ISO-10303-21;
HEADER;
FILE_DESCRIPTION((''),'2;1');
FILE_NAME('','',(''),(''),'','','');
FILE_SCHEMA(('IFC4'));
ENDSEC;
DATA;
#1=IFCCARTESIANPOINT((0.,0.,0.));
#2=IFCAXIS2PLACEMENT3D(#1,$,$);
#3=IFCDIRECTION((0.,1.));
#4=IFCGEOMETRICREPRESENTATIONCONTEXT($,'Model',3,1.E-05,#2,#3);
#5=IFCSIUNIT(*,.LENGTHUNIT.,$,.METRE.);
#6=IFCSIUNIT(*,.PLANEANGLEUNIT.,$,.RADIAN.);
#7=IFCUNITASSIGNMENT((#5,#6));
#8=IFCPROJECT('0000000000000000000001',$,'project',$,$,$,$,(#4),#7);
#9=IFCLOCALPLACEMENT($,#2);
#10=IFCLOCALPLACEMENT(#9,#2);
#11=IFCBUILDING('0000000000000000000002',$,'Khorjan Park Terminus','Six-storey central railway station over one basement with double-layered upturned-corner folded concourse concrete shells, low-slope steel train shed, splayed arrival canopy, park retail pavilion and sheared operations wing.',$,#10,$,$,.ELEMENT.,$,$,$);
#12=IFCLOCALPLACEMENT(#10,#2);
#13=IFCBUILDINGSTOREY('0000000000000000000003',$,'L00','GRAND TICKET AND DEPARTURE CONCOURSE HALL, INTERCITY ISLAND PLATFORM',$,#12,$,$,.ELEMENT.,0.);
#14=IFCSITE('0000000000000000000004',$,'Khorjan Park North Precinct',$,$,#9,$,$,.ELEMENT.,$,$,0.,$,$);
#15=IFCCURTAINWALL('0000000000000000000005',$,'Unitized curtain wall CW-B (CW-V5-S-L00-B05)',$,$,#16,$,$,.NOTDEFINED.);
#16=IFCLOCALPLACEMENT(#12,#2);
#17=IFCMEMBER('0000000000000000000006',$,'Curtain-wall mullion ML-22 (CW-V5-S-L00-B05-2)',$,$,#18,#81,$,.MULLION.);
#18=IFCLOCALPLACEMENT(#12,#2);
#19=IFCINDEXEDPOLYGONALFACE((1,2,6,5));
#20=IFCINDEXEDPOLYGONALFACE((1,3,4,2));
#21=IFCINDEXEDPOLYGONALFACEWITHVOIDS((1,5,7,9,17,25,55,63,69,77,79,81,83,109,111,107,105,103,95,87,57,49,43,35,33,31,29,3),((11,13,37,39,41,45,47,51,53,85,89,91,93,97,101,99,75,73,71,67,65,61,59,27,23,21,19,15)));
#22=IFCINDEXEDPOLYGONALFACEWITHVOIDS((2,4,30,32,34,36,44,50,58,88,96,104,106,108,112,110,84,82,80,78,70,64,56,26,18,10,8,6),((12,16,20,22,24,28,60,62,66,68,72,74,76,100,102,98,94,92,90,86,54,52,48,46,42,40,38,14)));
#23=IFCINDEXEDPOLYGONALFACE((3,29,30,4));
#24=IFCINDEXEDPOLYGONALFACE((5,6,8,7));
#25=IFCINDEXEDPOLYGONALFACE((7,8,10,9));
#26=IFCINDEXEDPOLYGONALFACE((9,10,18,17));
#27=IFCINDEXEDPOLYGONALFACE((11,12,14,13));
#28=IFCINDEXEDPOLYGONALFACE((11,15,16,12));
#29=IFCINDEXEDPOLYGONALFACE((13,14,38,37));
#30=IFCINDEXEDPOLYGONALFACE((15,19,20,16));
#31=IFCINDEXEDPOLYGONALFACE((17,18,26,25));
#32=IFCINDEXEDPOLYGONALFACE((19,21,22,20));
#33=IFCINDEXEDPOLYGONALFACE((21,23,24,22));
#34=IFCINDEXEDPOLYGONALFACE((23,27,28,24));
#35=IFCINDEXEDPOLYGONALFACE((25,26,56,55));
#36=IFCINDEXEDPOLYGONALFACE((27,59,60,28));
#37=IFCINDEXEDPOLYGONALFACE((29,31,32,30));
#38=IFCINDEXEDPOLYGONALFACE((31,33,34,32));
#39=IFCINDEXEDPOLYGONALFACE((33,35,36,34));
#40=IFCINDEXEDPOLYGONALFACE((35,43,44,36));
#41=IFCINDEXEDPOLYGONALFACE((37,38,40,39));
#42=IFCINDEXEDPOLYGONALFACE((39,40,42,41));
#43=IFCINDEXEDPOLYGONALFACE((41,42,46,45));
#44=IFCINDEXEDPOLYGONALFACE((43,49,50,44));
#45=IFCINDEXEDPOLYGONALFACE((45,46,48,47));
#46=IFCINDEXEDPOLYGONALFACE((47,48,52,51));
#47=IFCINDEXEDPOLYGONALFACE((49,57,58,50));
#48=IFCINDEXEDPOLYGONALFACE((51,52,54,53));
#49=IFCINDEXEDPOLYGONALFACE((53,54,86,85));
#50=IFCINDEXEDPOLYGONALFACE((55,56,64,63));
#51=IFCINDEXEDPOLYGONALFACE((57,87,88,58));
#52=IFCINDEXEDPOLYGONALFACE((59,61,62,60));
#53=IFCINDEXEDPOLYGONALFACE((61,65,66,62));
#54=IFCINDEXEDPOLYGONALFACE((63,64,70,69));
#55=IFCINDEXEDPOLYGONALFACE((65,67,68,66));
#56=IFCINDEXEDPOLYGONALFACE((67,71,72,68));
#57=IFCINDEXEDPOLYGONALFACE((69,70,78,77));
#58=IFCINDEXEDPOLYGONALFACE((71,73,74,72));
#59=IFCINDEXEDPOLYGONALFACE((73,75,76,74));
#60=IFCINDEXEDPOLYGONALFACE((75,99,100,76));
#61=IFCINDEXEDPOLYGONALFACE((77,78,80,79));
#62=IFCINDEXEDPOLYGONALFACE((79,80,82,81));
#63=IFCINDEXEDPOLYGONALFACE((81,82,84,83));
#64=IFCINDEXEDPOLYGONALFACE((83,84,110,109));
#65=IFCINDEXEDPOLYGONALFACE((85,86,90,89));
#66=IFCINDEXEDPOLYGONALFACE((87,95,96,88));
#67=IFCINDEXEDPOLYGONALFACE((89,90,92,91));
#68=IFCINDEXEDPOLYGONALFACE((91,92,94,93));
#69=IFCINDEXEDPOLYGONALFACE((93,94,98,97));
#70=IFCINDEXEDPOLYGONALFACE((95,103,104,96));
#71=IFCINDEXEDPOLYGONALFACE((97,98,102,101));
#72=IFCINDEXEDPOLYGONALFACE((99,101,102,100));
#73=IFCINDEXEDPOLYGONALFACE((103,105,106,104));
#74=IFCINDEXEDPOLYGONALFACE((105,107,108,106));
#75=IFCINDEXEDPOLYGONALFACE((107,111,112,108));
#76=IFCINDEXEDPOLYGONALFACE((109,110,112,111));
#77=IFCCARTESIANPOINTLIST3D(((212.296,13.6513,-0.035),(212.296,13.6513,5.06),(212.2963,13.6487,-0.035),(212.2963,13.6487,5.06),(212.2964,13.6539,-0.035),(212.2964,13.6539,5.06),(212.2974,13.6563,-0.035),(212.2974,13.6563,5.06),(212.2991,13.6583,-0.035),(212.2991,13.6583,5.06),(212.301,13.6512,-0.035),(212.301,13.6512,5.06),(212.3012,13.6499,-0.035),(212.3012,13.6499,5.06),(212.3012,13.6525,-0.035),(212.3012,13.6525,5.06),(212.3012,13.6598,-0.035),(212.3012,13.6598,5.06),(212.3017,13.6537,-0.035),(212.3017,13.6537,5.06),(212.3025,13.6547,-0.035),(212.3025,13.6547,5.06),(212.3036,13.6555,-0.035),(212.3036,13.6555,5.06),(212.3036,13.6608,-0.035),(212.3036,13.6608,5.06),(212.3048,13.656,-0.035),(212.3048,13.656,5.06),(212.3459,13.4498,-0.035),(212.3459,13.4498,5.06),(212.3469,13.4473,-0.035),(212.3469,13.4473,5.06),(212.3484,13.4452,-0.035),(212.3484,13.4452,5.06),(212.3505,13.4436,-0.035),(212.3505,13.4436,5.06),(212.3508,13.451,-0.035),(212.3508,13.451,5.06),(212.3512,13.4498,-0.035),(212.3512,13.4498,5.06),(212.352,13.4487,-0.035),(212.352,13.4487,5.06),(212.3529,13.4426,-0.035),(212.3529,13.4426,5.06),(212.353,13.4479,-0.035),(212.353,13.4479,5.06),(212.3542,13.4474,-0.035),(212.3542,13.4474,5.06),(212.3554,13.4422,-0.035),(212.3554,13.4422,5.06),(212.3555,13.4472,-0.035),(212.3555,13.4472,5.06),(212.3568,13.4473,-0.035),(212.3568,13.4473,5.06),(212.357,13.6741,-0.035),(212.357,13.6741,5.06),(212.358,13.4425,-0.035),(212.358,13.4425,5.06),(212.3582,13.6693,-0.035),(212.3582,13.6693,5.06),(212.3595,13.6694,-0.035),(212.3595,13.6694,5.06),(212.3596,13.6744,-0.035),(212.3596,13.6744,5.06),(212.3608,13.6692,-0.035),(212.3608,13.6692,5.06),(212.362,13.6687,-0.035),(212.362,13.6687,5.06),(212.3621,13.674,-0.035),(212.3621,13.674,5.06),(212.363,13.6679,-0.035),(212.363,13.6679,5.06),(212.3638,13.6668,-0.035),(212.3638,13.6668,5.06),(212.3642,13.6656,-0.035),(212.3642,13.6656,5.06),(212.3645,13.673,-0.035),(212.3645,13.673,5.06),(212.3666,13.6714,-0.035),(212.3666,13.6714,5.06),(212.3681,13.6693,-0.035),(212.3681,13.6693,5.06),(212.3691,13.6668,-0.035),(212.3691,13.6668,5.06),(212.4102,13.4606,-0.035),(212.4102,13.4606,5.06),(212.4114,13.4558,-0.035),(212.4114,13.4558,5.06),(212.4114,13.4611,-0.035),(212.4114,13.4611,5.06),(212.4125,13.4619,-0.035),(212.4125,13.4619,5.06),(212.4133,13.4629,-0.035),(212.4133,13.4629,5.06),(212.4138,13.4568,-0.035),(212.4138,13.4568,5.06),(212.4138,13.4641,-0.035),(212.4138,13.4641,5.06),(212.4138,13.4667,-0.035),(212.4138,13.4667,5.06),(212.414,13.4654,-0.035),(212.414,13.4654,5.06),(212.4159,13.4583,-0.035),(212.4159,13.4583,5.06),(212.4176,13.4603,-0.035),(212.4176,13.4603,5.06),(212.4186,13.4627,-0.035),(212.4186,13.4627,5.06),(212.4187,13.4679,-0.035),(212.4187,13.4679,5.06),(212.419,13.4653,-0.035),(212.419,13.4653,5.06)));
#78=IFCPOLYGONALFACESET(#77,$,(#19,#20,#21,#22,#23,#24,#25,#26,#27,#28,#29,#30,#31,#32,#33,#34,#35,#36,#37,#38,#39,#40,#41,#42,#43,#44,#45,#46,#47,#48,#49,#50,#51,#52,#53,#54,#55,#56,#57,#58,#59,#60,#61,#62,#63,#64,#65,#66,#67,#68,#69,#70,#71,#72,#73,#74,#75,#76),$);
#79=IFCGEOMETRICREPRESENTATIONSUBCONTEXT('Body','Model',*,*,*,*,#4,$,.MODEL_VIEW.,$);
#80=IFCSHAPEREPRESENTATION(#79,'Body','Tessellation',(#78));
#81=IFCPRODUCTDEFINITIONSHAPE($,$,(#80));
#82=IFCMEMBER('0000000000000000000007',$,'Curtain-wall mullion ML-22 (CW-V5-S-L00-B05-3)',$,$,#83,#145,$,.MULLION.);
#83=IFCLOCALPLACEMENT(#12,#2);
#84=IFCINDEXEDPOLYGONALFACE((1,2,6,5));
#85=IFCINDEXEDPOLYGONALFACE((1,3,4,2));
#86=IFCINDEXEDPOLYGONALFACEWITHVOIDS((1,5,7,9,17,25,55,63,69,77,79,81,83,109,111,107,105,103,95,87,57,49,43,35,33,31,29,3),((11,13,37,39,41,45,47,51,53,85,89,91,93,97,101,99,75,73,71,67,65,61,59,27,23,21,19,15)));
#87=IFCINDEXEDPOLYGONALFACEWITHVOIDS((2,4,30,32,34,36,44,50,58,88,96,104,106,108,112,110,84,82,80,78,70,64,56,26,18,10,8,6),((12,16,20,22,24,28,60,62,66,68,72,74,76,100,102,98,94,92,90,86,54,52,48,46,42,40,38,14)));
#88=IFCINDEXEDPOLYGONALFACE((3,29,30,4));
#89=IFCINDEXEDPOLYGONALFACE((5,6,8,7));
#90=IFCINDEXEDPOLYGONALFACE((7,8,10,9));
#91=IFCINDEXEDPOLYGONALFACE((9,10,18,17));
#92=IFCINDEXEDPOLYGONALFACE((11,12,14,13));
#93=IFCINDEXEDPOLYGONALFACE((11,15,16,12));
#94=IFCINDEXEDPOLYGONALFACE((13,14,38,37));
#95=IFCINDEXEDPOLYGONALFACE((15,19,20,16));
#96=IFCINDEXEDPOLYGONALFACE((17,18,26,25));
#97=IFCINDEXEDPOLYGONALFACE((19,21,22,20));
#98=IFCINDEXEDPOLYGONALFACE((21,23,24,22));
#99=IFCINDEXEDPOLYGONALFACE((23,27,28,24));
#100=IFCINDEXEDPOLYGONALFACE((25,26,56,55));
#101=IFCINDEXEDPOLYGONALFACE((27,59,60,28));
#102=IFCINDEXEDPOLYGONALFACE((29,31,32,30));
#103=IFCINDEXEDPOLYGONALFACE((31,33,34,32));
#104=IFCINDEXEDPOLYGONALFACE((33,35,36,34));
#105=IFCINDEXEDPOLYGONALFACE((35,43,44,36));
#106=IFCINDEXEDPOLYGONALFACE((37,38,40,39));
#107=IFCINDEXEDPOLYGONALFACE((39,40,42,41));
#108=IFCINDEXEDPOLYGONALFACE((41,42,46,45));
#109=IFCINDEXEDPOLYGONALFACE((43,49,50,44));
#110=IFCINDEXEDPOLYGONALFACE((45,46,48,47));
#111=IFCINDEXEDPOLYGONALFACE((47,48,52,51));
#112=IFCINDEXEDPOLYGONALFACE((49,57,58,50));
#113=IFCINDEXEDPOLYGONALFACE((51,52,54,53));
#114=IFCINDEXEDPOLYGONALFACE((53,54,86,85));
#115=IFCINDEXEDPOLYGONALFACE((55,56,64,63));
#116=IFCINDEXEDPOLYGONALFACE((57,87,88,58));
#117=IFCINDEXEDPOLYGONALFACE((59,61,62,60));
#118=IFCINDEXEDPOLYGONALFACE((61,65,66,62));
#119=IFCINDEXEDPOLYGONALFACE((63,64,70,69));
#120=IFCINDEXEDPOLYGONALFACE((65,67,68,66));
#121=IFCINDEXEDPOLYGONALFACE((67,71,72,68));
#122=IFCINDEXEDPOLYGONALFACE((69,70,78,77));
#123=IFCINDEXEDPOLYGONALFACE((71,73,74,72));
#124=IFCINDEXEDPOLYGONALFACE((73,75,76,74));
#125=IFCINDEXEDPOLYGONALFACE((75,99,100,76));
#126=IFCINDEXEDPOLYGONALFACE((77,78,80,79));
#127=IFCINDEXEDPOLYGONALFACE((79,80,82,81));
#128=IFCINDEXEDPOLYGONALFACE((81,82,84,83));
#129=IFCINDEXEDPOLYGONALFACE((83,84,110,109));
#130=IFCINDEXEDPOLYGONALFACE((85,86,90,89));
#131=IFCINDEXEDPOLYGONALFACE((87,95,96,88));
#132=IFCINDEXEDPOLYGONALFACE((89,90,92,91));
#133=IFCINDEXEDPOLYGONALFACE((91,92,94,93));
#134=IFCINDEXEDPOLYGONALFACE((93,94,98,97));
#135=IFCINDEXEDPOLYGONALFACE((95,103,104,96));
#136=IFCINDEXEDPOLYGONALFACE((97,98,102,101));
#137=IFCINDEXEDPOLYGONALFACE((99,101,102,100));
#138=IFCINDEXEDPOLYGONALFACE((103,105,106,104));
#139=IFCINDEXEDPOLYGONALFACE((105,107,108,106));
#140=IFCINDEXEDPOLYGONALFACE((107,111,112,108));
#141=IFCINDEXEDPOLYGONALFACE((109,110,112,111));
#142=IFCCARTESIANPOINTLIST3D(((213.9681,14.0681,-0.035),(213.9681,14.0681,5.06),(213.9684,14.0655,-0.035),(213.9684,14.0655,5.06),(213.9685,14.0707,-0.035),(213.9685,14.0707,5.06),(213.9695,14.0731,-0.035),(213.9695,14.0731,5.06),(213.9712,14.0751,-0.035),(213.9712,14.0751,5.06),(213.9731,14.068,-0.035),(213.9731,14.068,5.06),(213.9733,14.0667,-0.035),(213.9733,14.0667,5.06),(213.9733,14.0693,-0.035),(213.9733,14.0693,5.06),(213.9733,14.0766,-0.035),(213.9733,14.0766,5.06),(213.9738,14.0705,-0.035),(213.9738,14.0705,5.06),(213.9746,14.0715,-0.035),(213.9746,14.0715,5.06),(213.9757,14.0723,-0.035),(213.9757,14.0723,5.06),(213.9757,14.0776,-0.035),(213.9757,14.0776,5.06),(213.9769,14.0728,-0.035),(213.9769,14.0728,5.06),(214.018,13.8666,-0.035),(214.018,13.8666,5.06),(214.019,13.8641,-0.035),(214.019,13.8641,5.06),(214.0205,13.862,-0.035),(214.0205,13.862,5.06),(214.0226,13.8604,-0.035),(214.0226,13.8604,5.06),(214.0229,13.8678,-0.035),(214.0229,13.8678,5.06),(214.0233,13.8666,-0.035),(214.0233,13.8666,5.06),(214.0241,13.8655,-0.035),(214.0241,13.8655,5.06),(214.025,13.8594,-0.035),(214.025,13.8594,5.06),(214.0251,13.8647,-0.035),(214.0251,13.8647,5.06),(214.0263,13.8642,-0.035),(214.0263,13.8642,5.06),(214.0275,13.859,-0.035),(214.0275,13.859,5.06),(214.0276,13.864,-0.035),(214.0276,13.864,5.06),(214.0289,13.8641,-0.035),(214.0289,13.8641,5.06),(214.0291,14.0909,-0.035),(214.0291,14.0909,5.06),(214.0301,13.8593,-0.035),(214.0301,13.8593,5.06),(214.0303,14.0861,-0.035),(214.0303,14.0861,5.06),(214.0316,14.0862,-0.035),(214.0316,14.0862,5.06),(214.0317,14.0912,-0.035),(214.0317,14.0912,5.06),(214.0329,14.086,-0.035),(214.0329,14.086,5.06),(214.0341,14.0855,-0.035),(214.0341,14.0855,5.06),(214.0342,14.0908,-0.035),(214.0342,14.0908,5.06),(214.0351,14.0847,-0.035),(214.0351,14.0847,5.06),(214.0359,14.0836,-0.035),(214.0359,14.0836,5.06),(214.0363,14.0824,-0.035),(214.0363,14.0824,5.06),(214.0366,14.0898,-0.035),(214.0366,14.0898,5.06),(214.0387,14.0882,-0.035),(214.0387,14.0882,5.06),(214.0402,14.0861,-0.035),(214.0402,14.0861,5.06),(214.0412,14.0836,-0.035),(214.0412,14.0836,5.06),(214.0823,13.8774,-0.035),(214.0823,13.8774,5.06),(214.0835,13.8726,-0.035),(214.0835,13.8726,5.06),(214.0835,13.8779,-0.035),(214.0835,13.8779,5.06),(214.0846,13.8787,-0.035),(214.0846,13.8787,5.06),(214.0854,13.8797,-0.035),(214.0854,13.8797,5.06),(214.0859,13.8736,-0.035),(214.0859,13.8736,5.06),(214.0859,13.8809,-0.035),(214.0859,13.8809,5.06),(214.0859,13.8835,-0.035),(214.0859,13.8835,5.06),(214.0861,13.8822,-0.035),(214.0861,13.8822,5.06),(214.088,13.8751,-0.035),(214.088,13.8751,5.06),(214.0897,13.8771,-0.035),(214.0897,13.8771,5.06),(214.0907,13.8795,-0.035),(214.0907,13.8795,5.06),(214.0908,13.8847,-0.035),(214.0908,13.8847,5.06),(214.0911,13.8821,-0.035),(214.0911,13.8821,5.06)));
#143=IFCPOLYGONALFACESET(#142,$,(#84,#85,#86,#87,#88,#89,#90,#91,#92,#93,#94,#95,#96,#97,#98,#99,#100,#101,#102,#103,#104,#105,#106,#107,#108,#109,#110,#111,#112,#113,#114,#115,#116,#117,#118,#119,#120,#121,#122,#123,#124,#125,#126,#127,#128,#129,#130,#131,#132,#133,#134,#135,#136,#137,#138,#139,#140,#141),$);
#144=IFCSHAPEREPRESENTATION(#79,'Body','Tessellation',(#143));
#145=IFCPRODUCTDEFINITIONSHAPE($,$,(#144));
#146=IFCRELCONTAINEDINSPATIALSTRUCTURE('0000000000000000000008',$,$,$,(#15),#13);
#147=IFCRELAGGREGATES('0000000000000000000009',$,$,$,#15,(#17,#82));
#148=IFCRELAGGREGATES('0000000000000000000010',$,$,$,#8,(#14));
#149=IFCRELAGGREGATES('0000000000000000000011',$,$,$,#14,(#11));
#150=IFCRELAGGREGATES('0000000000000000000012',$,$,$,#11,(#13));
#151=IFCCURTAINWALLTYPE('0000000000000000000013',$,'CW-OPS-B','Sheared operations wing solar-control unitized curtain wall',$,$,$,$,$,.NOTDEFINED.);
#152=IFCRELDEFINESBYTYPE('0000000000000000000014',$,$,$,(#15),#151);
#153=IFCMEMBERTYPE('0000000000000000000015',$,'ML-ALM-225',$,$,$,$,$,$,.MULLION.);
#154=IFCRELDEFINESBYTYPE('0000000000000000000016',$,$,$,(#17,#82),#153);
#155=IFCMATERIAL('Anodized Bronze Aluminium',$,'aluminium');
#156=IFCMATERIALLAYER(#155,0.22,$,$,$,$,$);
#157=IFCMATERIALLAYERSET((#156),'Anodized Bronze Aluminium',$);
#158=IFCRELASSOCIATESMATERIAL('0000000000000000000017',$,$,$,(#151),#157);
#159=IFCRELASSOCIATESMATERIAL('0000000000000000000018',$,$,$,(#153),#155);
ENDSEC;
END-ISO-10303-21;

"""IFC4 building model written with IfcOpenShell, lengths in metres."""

from ifc_helpers import new_model, si_unit, direction, frame, origin, origin_2d, place, context, subcontext, project, spatial, hollow_rectangle, extrude, material, layer, layer_set, material_profile, profile_set, type_object, element, aggregate, save


model = new_model("IFC4")

# Units and contexts
model_context = context("Model", 3, precision=1e-05, world=origin(), true_north=direction((0.0, 1.0)))
body_context = subcontext(model_context, "Body", "Model", "MODEL_VIEW")
ifc_project = project(units=[si_unit("LENGTHUNIT", "METRE"), si_unit("PLANEANGLEUNIT", "RADIAN")], contexts=[model_context])

# Site, building, storey
site_placement = place(None, origin())
site = spatial("IfcSite", under=ifc_project, at=site_placement, Name="Khorjan Park North Precinct", CompositionType="ELEMENT", RefElevation=0.0)
building_placement = place(site_placement, origin())
building = spatial("IfcBuilding", under=site, at=building_placement, Name="Khorjan Park Terminus", Description="Six-storey central railway station over one basement with double-layered upturned-corner folded concourse concrete shells, low-slope steel train shed, splayed arrival canopy, park retail pavilion and sheared operations wing.", CompositionType="ELEMENT")
storey_placement = place(building_placement, origin())
storey = spatial("IfcBuildingStorey", under=building, at=storey_placement, Name="L00", Description="GRAND TICKET AND DEPARTURE CONCOURSE HALL, INTERCITY ISLAND PLATFORM", CompositionType="ELEMENT", Elevation=0.0)

# Curtain wall, members
ifc_material_1 = material(Name="Anodized Bronze Aluminium", Category="aluminium")
ifc_layer_1 = layer(ifc_material_1, 0.22)
ifc_layer_set_1 = layer_set([ifc_layer_1], Name="Anodized Bronze Aluminium")
curtain_wall_type = type_object("IfcCurtainWallType", Name="CW-OPS-B", Description="Sheared operations wing solar-control unitized curtain wall", PredefinedType="NOTDEFINED", material=ifc_layer_set_1)
curtain_wall_placement = place(storey_placement, origin())
curtain_wall = element("IfcCurtainWall", 1, at=curtain_wall_placement, inside=storey, type_object=curtain_wall_type, Name="Unitized curtain wall CW-B (CW-V5-S-L00-B05)", PredefinedType="NOTDEFINED")
ifc_material_profile_1 = material_profile(ifc_material_1, hollow_rectangle(XDim=0.075, YDim=0.225, WallThickness=0.005, InnerFilletRadius=0.005, OuterFilletRadius=0.01, at=origin_2d()), Name="ALM 75x225x5")
ifc_profile_set_1 = profile_set([ifc_material_profile_1], Name="Anodized Bronze Aluminium")
member_type_1 = type_object("IfcMemberType", Name="ML-ALM-225", PredefinedType="MULLION", material=ifc_profile_set_1)
member_1_placement = place(storey_placement, frame((212.3575, 13.5583, -0.035), z_axis=(0.0, 0.0, 1.0), x_axis=(0.970298, 0.241912, 0.0)))
member_1 = element("IfcMember", 2, at=member_1_placement, type_object=member_type_1, Name="Curtain-wall mullion ML-22 (CW-V5-S-L00-B05-2)", PredefinedType="MULLION", context=body_context, shape_type="SweptSolid", body=[
    extrude(hollow_rectangle(XDim=0.075, YDim=0.225, WallThickness=0.005, InnerFilletRadius=0.005, OuterFilletRadius=0.01, at=origin_2d()), origin(), (0.0, 0.0, 1.0), 5.095),
])
member_2_placement = place(storey_placement, frame((214.0296, 13.9751, -0.035), z_axis=(0.0, 0.0, 1.0), x_axis=(0.970298, 0.241912, 0.0)))
member_2 = element("IfcMember", 3, at=member_2_placement, type_object=member_type_1, Name="Curtain-wall mullion ML-22 (CW-V5-S-L00-B05-3)", PredefinedType="MULLION", context=body_context, shape_type="SweptSolid", body=[
    extrude(hollow_rectangle(XDim=0.075, YDim=0.225, WallThickness=0.005, InnerFilletRadius=0.005, OuterFilletRadius=0.01, at=origin_2d()), origin(), (0.0, 0.0, 1.0), 5.095),
])
aggregate(curtain_wall, [member_1, member_2])

save(model, "model.ifc")
